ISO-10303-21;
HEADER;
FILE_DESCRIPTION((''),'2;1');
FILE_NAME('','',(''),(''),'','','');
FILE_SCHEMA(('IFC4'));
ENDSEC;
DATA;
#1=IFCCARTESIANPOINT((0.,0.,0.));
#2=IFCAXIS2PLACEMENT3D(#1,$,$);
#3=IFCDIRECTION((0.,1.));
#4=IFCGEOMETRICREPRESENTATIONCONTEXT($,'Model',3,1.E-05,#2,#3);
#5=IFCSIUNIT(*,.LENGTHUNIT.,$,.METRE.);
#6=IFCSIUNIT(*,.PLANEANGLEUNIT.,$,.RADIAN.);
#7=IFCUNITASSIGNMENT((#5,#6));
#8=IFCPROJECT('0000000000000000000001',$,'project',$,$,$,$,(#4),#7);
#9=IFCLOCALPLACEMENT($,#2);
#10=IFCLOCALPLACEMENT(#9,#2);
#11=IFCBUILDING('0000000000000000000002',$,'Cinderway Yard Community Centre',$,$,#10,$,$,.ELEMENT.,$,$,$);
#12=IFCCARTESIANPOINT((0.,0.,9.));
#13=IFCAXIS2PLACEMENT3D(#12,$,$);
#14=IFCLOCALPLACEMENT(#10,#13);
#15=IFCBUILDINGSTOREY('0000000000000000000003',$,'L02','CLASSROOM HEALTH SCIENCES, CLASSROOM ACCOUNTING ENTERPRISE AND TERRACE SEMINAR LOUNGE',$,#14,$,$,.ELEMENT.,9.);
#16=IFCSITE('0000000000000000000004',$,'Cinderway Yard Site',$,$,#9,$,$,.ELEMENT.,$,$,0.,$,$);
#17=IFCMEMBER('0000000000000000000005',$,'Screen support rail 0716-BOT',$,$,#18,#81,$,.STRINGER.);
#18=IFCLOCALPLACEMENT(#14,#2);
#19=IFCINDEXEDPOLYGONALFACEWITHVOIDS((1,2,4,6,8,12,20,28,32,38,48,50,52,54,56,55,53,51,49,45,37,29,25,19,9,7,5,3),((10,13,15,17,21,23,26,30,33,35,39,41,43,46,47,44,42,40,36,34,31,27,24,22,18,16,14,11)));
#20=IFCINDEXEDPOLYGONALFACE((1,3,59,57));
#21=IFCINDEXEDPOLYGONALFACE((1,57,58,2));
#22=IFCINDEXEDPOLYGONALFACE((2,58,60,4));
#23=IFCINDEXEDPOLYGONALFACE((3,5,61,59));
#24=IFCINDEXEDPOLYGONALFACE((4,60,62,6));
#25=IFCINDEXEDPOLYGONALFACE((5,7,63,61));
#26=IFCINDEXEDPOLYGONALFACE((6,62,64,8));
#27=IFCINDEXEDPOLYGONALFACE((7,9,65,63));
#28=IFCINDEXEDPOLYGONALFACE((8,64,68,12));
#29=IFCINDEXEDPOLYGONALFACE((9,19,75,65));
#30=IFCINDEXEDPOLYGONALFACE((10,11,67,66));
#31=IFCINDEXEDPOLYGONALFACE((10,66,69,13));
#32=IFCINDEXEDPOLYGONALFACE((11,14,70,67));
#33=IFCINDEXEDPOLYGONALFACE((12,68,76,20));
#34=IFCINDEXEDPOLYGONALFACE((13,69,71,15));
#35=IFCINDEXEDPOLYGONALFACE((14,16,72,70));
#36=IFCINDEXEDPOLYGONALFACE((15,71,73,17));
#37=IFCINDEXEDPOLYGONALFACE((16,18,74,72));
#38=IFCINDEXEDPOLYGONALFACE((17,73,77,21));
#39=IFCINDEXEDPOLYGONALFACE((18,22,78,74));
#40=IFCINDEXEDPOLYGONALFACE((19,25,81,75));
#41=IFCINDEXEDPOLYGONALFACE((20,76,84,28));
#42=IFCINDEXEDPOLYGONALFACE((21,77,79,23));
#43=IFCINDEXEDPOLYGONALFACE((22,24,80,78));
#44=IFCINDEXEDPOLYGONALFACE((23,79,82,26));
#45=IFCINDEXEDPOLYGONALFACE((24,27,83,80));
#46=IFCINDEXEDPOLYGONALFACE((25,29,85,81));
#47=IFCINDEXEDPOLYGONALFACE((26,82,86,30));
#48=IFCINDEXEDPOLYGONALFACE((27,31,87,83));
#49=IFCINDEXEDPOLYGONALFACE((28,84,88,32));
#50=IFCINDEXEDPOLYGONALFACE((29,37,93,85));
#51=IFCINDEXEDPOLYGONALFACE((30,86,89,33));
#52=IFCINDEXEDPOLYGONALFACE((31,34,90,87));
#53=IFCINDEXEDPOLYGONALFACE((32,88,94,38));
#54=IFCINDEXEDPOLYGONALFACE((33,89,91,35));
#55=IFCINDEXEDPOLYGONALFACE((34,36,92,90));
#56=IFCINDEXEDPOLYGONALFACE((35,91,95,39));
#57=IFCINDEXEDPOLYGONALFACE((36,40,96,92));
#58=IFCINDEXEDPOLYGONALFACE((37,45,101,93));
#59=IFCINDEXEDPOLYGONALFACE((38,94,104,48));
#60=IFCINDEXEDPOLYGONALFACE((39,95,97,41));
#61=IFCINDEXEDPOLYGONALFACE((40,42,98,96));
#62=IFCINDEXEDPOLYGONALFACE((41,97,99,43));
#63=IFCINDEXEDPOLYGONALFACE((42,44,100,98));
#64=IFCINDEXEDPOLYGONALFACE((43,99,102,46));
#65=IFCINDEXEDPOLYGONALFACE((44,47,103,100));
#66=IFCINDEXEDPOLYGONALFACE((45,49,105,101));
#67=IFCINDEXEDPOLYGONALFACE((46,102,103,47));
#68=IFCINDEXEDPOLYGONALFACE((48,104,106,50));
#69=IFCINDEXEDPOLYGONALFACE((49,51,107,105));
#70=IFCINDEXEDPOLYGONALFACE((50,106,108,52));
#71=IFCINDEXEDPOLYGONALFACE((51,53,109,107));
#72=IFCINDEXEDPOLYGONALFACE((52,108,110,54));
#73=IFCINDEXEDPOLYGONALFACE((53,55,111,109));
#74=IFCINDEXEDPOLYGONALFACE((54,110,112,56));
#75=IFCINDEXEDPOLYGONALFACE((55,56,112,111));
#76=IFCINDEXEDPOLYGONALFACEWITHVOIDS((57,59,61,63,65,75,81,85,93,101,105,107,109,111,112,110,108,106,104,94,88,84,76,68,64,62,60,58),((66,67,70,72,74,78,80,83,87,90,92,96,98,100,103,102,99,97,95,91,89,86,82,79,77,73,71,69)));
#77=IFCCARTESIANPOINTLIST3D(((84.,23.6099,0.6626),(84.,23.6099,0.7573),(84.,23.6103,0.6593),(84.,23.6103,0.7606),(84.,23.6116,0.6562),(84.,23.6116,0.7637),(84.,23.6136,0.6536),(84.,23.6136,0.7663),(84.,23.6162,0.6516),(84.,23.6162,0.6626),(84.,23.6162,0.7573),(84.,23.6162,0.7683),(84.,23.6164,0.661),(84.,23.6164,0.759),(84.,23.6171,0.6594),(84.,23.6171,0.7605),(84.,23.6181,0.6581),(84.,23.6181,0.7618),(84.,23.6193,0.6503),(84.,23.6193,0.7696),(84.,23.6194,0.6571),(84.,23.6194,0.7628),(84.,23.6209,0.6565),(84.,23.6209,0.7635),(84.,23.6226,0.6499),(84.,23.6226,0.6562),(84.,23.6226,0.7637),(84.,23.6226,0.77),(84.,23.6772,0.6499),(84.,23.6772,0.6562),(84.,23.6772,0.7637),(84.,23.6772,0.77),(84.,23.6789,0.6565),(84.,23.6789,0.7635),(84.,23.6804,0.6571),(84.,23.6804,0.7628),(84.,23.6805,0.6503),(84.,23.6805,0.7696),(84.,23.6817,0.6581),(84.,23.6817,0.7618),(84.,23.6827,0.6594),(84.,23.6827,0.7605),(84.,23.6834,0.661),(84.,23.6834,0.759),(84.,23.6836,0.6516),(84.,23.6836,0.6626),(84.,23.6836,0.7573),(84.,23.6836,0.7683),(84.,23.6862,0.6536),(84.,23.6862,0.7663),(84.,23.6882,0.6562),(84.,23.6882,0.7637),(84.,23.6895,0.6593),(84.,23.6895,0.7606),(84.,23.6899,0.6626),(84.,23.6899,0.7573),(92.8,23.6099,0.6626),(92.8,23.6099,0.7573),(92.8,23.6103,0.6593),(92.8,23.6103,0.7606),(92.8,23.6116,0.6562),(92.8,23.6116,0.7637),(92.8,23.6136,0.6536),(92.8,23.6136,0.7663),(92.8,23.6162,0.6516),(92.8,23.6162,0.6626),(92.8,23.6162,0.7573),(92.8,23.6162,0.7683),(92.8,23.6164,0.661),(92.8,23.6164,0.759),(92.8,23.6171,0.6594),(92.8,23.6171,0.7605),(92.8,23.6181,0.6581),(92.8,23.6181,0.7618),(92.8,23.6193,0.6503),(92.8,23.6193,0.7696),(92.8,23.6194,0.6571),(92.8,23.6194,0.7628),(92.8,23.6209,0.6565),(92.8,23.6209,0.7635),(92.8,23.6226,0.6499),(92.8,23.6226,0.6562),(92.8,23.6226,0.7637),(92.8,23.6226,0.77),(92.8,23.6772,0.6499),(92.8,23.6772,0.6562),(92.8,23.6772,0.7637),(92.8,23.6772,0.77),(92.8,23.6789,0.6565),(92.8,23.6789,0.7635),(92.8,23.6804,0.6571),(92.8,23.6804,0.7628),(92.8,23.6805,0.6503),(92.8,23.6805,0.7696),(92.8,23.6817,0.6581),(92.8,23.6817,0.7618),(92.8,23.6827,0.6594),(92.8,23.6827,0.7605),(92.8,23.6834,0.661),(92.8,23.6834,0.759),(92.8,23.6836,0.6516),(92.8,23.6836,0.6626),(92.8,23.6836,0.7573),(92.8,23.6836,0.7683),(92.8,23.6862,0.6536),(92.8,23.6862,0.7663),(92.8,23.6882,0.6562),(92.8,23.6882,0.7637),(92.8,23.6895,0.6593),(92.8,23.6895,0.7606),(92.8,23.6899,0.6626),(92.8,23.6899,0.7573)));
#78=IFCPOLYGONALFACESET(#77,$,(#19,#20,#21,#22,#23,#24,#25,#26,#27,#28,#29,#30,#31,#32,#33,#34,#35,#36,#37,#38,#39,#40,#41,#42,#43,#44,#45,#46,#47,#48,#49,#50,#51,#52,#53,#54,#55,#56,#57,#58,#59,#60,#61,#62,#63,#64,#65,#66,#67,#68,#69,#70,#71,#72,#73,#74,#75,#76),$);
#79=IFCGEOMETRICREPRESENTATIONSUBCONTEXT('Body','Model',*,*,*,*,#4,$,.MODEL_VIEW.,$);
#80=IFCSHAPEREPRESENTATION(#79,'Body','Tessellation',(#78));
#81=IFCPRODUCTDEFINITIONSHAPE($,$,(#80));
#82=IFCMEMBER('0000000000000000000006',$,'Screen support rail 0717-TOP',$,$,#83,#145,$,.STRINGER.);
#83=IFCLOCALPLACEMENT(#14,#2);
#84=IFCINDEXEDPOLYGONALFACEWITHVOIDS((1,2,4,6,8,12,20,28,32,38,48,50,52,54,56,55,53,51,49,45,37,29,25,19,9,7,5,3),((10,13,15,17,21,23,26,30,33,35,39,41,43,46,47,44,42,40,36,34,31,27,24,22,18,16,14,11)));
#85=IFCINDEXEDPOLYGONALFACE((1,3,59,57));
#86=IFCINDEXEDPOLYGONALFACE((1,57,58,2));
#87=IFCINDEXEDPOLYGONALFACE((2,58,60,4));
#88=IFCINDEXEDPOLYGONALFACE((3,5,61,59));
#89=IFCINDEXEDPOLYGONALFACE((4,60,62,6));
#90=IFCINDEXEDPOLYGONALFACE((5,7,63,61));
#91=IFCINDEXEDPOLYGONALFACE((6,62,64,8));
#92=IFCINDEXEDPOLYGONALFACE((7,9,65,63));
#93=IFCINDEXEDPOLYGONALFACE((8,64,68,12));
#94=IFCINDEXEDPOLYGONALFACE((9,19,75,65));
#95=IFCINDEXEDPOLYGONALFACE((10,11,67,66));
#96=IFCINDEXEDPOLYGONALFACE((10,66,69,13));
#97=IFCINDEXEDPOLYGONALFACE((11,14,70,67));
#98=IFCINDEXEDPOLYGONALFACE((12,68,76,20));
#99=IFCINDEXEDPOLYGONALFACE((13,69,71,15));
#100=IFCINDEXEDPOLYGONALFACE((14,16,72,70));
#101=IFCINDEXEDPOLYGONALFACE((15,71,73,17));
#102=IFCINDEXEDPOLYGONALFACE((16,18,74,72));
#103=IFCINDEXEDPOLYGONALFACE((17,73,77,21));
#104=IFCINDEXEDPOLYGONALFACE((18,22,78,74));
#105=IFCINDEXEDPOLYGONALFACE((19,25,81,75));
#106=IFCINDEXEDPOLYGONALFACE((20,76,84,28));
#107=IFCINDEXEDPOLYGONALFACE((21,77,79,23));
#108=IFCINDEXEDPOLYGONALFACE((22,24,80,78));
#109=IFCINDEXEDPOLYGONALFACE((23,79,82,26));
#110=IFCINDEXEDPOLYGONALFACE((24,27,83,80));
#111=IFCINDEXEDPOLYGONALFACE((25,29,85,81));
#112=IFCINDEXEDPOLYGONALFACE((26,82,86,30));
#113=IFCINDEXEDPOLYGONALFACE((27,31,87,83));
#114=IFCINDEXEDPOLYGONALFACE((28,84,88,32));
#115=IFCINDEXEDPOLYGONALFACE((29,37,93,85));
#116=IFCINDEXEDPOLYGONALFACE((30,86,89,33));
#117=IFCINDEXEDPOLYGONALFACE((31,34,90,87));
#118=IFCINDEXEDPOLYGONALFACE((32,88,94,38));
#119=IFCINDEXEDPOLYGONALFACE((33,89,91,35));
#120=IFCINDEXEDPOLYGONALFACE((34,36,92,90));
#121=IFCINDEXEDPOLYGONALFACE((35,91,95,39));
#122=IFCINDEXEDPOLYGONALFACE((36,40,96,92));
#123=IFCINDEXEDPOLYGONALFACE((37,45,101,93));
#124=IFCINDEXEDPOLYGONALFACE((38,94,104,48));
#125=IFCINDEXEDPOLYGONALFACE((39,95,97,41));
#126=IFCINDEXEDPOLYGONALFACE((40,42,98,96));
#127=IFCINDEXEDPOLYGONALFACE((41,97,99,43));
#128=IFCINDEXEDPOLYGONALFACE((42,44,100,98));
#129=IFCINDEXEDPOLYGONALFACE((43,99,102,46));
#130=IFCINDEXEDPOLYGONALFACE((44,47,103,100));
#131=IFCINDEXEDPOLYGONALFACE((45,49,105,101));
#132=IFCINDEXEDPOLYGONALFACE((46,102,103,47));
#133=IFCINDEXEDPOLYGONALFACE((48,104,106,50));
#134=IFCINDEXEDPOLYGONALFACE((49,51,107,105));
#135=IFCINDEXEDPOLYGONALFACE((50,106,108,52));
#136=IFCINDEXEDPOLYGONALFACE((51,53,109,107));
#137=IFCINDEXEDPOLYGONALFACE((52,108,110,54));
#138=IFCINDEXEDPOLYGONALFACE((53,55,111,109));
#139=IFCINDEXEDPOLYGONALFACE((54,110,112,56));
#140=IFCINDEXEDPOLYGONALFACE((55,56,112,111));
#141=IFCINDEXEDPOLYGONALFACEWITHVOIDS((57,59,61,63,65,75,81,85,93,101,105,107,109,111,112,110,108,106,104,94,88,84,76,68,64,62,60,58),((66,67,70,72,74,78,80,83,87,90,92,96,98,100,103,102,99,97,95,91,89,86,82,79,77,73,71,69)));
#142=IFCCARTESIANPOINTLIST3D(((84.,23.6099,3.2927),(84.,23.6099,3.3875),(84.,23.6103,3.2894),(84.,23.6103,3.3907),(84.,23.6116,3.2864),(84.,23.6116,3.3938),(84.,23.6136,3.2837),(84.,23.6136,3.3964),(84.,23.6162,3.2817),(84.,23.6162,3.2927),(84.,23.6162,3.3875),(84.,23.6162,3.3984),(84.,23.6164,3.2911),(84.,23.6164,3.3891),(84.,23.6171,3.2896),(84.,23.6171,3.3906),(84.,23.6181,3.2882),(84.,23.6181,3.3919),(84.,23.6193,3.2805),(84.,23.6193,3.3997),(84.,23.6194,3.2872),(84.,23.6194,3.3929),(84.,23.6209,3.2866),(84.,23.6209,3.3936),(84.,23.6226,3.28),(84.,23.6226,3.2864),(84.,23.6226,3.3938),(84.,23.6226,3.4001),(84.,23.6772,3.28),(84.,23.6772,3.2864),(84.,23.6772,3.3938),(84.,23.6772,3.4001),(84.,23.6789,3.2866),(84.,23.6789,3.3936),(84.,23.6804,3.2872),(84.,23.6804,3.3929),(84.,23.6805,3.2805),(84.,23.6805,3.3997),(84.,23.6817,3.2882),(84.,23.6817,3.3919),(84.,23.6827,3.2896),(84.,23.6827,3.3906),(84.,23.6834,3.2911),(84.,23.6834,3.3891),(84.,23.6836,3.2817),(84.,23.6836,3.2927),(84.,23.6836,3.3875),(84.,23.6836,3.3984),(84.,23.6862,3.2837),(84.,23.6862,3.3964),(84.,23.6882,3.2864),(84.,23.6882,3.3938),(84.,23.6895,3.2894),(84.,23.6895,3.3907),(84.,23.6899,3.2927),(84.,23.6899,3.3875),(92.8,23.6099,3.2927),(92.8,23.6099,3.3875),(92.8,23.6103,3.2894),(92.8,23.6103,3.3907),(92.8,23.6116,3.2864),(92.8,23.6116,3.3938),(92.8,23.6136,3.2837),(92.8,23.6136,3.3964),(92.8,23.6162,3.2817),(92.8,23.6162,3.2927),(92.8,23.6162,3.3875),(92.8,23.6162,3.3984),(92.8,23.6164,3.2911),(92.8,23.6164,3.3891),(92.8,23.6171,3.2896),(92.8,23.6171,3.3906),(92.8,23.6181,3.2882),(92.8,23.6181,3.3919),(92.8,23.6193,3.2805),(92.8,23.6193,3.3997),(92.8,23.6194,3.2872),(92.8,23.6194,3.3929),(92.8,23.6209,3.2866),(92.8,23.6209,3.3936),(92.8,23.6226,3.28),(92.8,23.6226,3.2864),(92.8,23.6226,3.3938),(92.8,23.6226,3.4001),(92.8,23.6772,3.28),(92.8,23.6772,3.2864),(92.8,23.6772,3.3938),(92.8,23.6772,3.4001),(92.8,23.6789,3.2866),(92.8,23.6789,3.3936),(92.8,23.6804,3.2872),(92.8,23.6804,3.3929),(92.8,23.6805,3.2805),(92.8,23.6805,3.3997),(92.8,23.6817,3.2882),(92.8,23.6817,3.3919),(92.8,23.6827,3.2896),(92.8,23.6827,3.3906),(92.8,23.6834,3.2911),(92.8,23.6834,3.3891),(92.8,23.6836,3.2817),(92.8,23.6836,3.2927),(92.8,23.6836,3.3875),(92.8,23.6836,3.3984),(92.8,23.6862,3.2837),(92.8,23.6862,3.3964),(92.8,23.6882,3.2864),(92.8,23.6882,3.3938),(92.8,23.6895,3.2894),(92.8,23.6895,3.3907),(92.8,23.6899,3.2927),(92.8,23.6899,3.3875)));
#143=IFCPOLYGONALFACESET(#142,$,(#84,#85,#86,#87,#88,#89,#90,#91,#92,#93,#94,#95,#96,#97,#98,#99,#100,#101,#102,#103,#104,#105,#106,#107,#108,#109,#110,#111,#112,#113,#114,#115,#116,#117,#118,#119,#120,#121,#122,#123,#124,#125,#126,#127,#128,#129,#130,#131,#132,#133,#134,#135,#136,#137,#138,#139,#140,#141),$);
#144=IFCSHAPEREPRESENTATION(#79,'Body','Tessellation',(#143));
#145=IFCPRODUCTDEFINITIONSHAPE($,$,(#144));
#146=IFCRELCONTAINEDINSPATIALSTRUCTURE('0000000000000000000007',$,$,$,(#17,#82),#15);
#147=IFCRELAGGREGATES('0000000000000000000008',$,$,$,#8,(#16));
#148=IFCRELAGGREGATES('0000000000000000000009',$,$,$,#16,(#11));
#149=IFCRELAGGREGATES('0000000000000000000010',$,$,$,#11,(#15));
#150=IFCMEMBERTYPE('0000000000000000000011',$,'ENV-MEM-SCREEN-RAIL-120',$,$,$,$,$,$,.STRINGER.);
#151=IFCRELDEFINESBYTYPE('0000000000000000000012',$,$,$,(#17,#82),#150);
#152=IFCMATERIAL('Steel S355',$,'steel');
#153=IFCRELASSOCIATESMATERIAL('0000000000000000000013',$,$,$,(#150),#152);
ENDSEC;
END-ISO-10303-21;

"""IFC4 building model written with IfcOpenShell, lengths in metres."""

from ifc_helpers import new_model, si_unit, direction, frame, origin, origin_2d, place, context, subcontext, project, spatial, hollow_rectangle, extrude, material, material_profile, profile_set, type_object, element, save


model = new_model("IFC4")

# Units and contexts
model_context = context("Model", 3, precision=1e-05, world=origin(), true_north=direction((0.0, 1.0)))
body_context = subcontext(model_context, "Body", "Model", "MODEL_VIEW")
ifc_project = project(units=[si_unit("LENGTHUNIT", "METRE"), si_unit("PLANEANGLEUNIT", "RADIAN")], contexts=[model_context])

# Site, building, storey
site_placement = place(None, origin())
site = spatial("IfcSite", under=ifc_project, at=site_placement, Name="Cinderway Yard Site", CompositionType="ELEMENT", RefElevation=0.0)
building_placement = place(site_placement, origin())
building = spatial("IfcBuilding", under=site, at=building_placement, Name="Cinderway Yard Community Centre", CompositionType="ELEMENT")
storey_placement = place(building_placement, frame((0.0, 0.0, 9.0)))
storey = spatial("IfcBuildingStorey", under=building, at=storey_placement, Name="L02", Description="CLASSROOM HEALTH SCIENCES, CLASSROOM ACCOUNTING ENTERPRISE AND TERRACE SEMINAR LOUNGE", CompositionType="ELEMENT", Elevation=9.0)

# Members
ifc_material_1 = material(Name="Steel S355", Category="steel")
ifc_material_profile = material_profile(ifc_material_1, hollow_rectangle(XDim=0.0801, YDim=0.1201, WallThickness=0.0063, InnerFilletRadius=0.0063, OuterFilletRadius=0.0127, at=origin_2d()), Name="Steel S355")
ifc_profile_set = profile_set([ifc_material_profile], Name="Steel S355")
member_type = type_object("IfcMemberType", Name="ENV-MEM-SCREEN-RAIL-120", PredefinedType="STRINGER", material=ifc_profile_set)
for number, where, z_axis, x_axis, name in (
    (1, (84.0, 23.6499, 0.71), (1.0, 0.0, 0.0), (0.0, 1.0, 0.0), "Screen support rail 0716-BOT"),
    (2, (84.0, 23.6499, 3.3401), (1.0, 0.0, 0.0), (0.0, 1.0, 0.0), "Screen support rail 0717-TOP"),
):
    element("IfcMember", number, at=place(storey_placement, frame(where, z_axis=z_axis, x_axis=x_axis)), inside=storey, type_object=member_type, Name=name, PredefinedType="STRINGER", context=body_context, shape_type="SweptSolid", body=[
        extrude(hollow_rectangle(XDim=0.0801, YDim=0.1201, WallThickness=0.0063, InnerFilletRadius=0.0063, OuterFilletRadius=0.0127, at=origin_2d()), origin(), (0.0, 0.0, 1.0), 8.8),
    ])

save(model, "model.ifc")
